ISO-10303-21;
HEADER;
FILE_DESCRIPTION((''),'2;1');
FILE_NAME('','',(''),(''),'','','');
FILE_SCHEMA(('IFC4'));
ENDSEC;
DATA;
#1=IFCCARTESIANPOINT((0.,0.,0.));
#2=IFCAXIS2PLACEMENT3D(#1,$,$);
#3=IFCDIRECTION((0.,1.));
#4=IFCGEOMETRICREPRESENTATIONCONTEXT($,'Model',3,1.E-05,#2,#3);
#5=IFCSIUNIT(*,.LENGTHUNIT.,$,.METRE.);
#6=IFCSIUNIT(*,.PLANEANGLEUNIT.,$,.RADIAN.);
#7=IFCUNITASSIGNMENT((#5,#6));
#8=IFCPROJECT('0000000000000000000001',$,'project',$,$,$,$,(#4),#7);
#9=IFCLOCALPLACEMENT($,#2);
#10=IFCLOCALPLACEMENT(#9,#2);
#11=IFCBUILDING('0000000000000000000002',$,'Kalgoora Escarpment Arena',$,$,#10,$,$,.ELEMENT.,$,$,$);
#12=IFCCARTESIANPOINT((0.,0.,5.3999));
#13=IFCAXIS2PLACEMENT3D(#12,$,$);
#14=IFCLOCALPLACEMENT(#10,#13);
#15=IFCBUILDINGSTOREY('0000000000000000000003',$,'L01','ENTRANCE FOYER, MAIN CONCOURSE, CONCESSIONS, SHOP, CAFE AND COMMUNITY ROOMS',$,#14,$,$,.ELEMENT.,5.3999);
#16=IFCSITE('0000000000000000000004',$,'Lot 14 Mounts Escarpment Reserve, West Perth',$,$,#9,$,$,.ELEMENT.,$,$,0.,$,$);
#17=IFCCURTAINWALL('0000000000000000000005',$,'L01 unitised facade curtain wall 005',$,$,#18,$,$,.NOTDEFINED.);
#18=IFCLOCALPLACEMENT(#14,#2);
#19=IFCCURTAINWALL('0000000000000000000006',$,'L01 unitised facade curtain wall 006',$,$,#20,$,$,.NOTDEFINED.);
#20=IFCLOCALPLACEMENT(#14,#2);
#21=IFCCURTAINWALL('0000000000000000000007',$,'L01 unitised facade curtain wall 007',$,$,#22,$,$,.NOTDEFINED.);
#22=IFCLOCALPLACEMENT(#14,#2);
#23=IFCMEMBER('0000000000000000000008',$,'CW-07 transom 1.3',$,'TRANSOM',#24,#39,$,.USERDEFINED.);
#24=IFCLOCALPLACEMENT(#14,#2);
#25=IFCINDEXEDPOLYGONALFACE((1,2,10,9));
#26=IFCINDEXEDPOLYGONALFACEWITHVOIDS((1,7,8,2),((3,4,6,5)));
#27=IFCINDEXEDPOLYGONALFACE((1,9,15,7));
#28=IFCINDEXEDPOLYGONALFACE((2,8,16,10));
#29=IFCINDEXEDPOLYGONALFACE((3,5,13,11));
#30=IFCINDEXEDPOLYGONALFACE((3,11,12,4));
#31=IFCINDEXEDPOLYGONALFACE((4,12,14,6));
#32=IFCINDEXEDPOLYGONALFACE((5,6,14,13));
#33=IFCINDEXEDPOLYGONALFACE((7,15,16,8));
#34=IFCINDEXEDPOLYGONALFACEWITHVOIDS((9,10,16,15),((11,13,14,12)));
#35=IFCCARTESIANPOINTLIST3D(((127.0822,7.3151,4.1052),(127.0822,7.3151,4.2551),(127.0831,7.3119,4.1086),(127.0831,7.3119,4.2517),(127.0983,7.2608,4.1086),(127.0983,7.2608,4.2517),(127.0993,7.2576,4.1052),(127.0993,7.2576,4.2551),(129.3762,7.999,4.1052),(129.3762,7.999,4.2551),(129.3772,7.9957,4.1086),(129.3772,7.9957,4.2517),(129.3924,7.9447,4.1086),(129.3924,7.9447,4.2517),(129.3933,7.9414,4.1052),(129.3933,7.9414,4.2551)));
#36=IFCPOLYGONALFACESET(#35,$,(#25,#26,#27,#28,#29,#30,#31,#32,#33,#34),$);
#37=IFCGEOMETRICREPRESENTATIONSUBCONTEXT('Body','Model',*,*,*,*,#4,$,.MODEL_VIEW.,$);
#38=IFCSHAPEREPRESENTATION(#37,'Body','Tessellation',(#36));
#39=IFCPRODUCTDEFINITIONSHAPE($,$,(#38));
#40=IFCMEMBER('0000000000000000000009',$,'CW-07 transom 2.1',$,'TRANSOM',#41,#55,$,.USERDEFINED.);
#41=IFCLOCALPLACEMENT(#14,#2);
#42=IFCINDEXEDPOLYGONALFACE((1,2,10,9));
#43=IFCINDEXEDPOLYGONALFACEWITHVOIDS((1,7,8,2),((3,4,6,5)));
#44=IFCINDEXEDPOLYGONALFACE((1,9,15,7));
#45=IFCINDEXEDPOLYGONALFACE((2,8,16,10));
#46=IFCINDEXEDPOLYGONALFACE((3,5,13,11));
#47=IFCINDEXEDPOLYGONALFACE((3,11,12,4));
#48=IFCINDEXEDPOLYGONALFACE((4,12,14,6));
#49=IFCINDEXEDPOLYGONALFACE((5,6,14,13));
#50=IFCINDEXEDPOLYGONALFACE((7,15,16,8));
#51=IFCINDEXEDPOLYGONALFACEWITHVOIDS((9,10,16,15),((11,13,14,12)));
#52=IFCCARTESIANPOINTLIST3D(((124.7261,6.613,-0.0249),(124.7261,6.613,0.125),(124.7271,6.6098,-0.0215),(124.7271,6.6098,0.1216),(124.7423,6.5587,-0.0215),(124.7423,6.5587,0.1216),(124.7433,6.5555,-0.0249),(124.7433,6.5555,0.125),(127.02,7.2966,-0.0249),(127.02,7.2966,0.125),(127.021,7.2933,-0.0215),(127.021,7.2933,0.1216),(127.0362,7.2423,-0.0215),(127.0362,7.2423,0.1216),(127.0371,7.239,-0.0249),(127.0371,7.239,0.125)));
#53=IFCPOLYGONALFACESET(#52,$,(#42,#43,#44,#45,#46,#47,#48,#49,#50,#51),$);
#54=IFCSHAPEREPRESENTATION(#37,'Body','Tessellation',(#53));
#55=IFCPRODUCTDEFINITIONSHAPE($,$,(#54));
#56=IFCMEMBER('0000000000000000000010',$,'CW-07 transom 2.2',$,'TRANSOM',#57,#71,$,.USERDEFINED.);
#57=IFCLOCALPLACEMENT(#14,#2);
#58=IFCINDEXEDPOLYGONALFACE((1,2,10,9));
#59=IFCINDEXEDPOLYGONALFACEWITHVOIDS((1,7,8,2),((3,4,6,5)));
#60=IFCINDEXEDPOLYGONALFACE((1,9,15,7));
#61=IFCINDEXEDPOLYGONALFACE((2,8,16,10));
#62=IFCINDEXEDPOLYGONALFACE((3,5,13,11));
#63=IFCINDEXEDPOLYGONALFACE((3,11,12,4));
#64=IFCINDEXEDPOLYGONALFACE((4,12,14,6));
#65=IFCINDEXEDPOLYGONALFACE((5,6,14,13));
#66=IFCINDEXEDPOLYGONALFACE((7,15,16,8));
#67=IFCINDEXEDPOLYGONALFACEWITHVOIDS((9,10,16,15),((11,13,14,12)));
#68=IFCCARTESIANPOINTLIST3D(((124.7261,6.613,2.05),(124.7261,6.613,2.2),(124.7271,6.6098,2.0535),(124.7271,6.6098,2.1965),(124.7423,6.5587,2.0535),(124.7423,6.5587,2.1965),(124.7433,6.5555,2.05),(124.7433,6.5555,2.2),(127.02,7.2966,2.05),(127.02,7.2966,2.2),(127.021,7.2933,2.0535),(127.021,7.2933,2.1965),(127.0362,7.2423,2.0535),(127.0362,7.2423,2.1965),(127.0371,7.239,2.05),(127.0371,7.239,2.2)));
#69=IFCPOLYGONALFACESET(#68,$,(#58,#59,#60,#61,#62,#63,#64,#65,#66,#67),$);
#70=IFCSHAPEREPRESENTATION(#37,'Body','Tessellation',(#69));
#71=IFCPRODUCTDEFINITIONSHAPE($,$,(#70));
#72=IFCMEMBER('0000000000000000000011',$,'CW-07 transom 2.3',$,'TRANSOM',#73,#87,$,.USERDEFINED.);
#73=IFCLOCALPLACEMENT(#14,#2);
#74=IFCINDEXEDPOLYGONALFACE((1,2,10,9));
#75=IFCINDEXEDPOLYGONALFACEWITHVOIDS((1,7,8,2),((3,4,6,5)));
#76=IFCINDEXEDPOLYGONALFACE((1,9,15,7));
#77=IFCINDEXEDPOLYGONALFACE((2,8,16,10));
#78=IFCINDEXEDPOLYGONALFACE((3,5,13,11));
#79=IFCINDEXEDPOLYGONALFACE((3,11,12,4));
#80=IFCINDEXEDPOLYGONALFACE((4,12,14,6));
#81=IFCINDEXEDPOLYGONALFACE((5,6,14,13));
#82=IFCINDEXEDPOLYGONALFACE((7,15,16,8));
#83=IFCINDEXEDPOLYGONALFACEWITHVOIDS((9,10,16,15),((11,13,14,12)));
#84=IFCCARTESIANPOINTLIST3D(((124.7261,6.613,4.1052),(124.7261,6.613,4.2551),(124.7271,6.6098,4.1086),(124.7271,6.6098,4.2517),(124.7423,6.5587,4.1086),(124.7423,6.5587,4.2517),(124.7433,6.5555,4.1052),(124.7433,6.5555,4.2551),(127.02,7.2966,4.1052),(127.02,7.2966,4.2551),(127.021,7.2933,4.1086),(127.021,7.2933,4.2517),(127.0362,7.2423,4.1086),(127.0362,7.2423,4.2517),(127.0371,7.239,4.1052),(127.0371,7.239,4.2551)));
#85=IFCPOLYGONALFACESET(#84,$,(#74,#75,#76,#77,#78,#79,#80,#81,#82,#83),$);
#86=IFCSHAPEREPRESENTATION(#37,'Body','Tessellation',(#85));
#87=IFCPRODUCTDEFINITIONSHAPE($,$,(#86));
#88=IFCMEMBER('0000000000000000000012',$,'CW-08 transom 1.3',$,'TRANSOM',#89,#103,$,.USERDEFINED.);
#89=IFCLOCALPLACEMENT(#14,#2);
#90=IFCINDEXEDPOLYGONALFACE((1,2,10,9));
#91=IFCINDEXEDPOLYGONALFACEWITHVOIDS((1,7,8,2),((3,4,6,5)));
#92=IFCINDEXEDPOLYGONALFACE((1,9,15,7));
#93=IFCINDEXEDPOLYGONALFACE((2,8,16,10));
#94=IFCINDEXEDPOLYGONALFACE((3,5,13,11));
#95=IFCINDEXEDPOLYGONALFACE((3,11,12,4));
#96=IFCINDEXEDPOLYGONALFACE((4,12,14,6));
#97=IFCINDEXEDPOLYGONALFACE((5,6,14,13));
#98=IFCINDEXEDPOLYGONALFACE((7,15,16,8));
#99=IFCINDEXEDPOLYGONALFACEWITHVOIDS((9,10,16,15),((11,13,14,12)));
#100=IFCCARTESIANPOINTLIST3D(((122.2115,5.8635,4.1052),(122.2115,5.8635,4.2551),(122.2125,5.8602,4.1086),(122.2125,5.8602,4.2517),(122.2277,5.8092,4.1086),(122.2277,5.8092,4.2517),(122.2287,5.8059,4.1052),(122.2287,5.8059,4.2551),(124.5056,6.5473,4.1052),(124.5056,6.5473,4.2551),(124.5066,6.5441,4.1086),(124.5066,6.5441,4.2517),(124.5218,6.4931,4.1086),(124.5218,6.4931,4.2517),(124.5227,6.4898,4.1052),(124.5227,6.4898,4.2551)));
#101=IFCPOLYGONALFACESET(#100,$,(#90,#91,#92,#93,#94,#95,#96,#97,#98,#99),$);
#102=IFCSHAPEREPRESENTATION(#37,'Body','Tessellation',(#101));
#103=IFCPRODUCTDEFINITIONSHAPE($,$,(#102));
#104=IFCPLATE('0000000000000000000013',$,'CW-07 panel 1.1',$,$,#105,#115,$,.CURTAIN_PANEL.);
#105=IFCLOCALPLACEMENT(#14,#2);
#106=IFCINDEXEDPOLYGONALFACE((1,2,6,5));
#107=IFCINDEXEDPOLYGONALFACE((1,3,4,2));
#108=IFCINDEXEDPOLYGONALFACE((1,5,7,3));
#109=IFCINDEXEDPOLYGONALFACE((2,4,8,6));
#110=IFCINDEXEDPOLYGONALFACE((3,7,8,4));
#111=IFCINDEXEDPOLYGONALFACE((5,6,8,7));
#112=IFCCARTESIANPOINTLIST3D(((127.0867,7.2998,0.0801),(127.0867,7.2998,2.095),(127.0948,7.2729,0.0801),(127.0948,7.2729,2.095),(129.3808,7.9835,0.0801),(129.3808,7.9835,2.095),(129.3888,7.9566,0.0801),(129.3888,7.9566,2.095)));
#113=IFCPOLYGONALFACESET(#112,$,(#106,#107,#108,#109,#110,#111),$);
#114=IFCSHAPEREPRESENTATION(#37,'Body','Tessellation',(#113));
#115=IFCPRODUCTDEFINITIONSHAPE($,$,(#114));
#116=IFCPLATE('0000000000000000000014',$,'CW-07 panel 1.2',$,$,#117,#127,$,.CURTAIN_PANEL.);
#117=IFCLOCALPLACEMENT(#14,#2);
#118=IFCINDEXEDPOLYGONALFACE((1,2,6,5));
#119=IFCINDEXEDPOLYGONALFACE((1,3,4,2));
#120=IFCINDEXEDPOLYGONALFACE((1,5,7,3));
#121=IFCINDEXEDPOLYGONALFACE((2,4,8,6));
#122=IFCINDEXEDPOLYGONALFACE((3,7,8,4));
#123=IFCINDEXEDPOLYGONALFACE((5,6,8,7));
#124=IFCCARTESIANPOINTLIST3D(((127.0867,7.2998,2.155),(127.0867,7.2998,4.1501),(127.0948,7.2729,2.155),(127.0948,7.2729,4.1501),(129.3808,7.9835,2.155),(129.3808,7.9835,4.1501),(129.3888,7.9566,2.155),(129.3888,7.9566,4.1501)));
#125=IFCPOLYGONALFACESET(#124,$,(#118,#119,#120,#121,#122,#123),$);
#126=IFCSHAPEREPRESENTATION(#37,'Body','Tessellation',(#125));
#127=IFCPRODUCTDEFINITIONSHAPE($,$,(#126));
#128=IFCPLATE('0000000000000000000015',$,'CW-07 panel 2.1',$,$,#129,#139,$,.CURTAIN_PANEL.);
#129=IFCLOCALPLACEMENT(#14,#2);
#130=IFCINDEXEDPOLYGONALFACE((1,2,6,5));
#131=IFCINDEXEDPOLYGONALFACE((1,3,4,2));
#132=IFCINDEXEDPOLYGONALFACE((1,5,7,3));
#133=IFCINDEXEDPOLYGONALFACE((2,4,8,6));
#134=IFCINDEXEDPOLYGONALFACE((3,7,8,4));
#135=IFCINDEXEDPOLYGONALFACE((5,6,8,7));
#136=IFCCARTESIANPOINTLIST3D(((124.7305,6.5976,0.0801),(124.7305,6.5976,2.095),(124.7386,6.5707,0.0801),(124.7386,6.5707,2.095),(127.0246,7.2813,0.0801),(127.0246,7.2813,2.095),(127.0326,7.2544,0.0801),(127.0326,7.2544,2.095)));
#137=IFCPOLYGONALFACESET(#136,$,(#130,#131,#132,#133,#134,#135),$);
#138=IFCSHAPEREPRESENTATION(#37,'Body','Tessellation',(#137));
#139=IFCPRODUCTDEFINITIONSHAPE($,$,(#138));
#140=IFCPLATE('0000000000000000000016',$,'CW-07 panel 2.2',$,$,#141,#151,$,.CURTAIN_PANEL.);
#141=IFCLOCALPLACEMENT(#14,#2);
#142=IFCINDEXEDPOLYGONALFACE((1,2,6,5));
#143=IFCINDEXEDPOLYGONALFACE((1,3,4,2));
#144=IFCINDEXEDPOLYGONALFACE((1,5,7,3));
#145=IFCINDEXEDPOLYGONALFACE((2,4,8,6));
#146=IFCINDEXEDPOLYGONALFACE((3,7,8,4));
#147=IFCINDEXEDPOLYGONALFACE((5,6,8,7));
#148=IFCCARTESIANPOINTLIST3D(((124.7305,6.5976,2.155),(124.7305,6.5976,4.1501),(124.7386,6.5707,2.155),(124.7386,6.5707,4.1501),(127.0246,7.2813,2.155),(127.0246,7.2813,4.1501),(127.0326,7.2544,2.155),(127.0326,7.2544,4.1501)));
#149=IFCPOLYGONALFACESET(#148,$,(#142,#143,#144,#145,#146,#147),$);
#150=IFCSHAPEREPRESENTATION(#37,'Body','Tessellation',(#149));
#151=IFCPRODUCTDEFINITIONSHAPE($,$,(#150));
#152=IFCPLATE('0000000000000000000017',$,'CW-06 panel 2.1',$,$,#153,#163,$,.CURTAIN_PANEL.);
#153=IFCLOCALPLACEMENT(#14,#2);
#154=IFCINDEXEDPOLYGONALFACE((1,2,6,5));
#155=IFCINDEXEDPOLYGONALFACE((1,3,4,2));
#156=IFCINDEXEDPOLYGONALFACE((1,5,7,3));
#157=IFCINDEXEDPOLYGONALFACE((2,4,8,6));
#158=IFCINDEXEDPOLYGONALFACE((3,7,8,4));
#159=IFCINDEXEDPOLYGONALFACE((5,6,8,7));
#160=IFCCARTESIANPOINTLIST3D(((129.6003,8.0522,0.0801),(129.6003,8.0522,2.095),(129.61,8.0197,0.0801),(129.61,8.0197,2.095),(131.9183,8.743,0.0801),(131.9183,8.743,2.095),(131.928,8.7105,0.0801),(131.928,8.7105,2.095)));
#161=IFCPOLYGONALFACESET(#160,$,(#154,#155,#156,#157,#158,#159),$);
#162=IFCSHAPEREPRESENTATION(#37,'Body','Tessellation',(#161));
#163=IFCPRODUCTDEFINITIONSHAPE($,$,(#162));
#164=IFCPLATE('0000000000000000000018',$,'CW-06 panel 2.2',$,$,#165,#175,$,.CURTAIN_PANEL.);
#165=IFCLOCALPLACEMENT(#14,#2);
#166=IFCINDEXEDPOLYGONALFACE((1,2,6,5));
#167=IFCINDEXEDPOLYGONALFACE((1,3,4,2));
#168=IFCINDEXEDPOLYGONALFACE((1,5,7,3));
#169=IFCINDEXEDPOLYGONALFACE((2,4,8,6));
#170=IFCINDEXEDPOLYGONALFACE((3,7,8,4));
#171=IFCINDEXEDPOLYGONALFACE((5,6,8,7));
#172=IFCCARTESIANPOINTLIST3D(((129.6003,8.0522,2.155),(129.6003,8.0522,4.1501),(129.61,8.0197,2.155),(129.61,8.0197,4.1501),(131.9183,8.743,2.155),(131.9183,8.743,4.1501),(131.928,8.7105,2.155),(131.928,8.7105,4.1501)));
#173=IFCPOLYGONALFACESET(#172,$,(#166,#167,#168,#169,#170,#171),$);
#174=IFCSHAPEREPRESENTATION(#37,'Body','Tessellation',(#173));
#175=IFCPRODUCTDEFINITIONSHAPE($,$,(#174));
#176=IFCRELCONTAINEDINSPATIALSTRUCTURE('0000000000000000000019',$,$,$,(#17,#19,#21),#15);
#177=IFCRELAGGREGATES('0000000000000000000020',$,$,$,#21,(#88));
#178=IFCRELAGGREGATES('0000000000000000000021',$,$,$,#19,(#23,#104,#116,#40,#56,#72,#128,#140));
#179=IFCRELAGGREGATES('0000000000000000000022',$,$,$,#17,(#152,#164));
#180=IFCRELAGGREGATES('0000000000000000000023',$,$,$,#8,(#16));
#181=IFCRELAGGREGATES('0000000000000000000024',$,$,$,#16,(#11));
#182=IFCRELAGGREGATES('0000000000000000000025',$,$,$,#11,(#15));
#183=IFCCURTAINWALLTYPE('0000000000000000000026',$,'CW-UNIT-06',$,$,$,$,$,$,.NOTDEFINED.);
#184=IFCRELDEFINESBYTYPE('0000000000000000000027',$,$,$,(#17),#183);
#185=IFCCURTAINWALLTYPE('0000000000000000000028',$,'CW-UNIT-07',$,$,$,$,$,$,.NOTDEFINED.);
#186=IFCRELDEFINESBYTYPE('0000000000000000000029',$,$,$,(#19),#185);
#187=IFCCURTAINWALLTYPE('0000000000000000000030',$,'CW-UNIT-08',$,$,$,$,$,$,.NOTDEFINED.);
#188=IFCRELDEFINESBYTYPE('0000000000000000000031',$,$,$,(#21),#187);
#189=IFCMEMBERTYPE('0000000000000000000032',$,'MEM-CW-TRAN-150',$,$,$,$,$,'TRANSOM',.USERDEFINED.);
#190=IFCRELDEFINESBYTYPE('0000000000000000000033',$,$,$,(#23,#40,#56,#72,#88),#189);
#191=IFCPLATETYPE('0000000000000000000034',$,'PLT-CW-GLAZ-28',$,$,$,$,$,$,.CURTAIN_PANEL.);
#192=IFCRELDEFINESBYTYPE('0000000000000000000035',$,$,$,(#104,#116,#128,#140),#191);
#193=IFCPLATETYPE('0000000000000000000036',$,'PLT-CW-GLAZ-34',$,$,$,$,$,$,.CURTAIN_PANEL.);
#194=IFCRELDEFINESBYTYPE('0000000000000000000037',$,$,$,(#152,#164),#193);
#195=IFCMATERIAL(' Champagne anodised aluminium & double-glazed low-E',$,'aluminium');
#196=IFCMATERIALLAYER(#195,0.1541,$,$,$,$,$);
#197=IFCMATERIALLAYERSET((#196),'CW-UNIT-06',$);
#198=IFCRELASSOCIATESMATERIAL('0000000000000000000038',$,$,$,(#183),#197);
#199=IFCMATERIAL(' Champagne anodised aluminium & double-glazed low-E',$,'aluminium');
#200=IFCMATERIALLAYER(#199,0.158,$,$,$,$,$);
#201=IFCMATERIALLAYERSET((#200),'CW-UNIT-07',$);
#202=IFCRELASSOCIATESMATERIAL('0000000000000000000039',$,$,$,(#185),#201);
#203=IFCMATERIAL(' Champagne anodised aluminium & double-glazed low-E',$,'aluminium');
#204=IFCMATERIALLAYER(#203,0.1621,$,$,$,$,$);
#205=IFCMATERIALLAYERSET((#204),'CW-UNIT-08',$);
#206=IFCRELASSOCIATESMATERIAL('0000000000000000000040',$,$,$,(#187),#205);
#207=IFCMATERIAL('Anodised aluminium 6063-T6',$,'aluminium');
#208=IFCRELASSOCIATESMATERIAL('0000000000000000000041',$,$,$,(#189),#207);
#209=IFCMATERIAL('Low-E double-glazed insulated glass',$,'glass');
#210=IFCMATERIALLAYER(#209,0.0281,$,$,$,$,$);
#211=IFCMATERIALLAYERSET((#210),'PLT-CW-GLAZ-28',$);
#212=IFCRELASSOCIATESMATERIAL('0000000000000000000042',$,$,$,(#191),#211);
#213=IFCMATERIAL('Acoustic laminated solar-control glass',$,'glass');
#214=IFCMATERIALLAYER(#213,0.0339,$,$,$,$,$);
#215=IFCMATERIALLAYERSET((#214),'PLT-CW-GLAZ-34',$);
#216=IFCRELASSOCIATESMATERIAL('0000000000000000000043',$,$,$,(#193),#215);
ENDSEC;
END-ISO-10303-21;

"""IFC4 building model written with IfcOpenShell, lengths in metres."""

from ifc_helpers import new_model, si_unit, direction, frame, origin, origin_2d, place, context, subcontext, project, spatial, rectangle, hollow_rectangle, extrude, material, layer, layer_set, material_profile, profile_set, type_object, element, aggregate, save


model = new_model("IFC4")

# Units and contexts
model_context = context("Model", 3, precision=1e-05, world=origin(), true_north=direction((0.0, 1.0)))
body_context = subcontext(model_context, "Body", "Model", "MODEL_VIEW")
ifc_project = project(units=[si_unit("LENGTHUNIT", "METRE"), si_unit("PLANEANGLEUNIT", "RADIAN")], contexts=[model_context])

# Site, building, storey
site_placement = place(None, origin())
site = spatial("IfcSite", under=ifc_project, at=site_placement, Name="Lot 14 Mounts Escarpment Reserve, West Perth", CompositionType="ELEMENT", RefElevation=0.0)
building_placement = place(site_placement, origin())
building = spatial("IfcBuilding", under=site, at=building_placement, Name="Kalgoora Escarpment Arena", CompositionType="ELEMENT")
storey_placement = place(building_placement, frame((0.0, 0.0, 5.3999)))
storey = spatial("IfcBuildingStorey", under=building, at=storey_placement, Name="L01", Description="ENTRANCE FOYER, MAIN CONCOURSE, CONCESSIONS, SHOP, CAFE AND COMMUNITY ROOMS", CompositionType="ELEMENT", Elevation=5.3999)

# Curtain walls
ifc_material_1 = material(Name=" Champagne anodised aluminium & double-glazed low-E", Category="aluminium")
ifc_layer_1 = layer(ifc_material_1, 0.1541)
ifc_layer_set_1 = layer_set([ifc_layer_1], Name="CW-UNIT-06")
curtain_wall_type_1 = type_object("IfcCurtainWallType", Name="CW-UNIT-06", PredefinedType="NOTDEFINED", material=ifc_layer_set_1)
curtain_wall_1_placement = place(storey_placement, origin())
curtain_wall_1 = element("IfcCurtainWall", 1, at=curtain_wall_1_placement, inside=storey, type_object=curtain_wall_type_1, Name="L01 unitised facade curtain wall 005", PredefinedType="NOTDEFINED")
ifc_material_2 = material(Name=" Champagne anodised aluminium & double-glazed low-E", Category="aluminium")
ifc_layer_2 = layer(ifc_material_2, 0.158)
ifc_layer_set_2 = layer_set([ifc_layer_2], Name="CW-UNIT-07")
curtain_wall_type_2 = type_object("IfcCurtainWallType", Name="CW-UNIT-07", PredefinedType="NOTDEFINED", material=ifc_layer_set_2)
curtain_wall_2_placement = place(storey_placement, origin())
curtain_wall_2 = element("IfcCurtainWall", 2, at=curtain_wall_2_placement, inside=storey, type_object=curtain_wall_type_2, Name="L01 unitised facade curtain wall 006", PredefinedType="NOTDEFINED")

# Curtain wall
ifc_material_3 = material(Name=" Champagne anodised aluminium & double-glazed low-E", Category="aluminium")
ifc_layer_3 = layer(ifc_material_3, 0.1621)
ifc_layer_set_3 = layer_set([ifc_layer_3], Name="CW-UNIT-08")
curtain_wall_type_3 = type_object("IfcCurtainWallType", Name="CW-UNIT-08", PredefinedType="NOTDEFINED", material=ifc_layer_set_3)
curtain_wall_3_placement = place(storey_placement, origin())
curtain_wall_3 = element("IfcCurtainWall", 3, at=curtain_wall_3_placement, inside=storey, type_object=curtain_wall_type_3, Name="L01 unitised facade curtain wall 007", PredefinedType="NOTDEFINED")

# Members
ifc_material_4 = material(Name="Anodised aluminium 6063-T6", Category="aluminium")
ifc_material_profile_1 = material_profile(ifc_material_4, hollow_rectangle(XDim=0.0601, YDim=0.1499, WallThickness=0.0034, at=origin_2d()))
ifc_profile_set_1 = profile_set([ifc_material_profile_1], Name="Anodised aluminium 6063-T6")
member_type_1 = type_object("IfcMemberType", Name="MEM-CW-TRAN-150", ElementType="TRANSOM", PredefinedType="USERDEFINED", material=ifc_profile_set_1)
member_1_placement = place(storey_placement, frame((129.3848, 7.9702, 4.1802), z_axis=(-0.958325, -0.285682, 0.0), x_axis=(0.285682, -0.958325, 0.0)))
member_1 = element("IfcMember", 4, at=member_1_placement, type_object=member_type_1, Name="CW-07 transom 1.3", ObjectType="TRANSOM", PredefinedType="USERDEFINED", context=body_context, shape_type="SweptSolid", body=[
    extrude(hollow_rectangle(XDim=0.0601, YDim=0.1499, WallThickness=0.0034, at=origin_2d()), origin(), (0.0, 0.0, 1.0), 2.3938),
])
member_2_placement = place(storey_placement, frame((127.0286, 7.2678, 0.05), z_axis=(-0.958352, -0.285588, 0.0), x_axis=(0.285588, -0.958352, 0.0)))
member_2 = element("IfcMember", 5, at=member_2_placement, type_object=member_type_1, Name="CW-07 transom 2.1", ObjectType="TRANSOM", PredefinedType="USERDEFINED", context=body_context, shape_type="SweptSolid", body=[
    extrude(hollow_rectangle(XDim=0.0601, YDim=0.1499, WallThickness=0.0034, at=origin_2d()), origin(), (0.0, 0.0, 1.0), 2.3936),
])
member_3_placement = place(storey_placement, frame((127.0286, 7.2678, 2.125), z_axis=(-0.958352, -0.285588, 0.0), x_axis=(0.285588, -0.958352, 0.0)))
member_3 = element("IfcMember", 6, at=member_3_placement, type_object=member_type_1, Name="CW-07 transom 2.2", ObjectType="TRANSOM", PredefinedType="USERDEFINED", context=body_context, shape_type="SweptSolid", body=[
    extrude(hollow_rectangle(XDim=0.0601, YDim=0.1499, WallThickness=0.0034, at=origin_2d()), origin(), (0.0, 0.0, 1.0), 2.3936),
])
member_4_placement = place(storey_placement, frame((127.0286, 7.2678, 4.1802), z_axis=(-0.958352, -0.285588, 0.0), x_axis=(0.285588, -0.958352, 0.0)))
member_4 = element("IfcMember", 7, at=member_4_placement, type_object=member_type_1, Name="CW-07 transom 2.3", ObjectType="TRANSOM", PredefinedType="USERDEFINED", context=body_context, shape_type="SweptSolid", body=[
    extrude(hollow_rectangle(XDim=0.0601, YDim=0.1499, WallThickness=0.0034, at=origin_2d()), origin(), (0.0, 0.0, 1.0), 2.3936),
])
member_5_placement = place(storey_placement, frame((124.5142, 6.5186, 4.1802), z_axis=(-0.958325, -0.285682, 0.0), x_axis=(0.285682, -0.958325, 0.0)))
member_5 = element("IfcMember", 8, at=member_5_placement, type_object=member_type_1, Name="CW-08 transom 1.3", ObjectType="TRANSOM", PredefinedType="USERDEFINED", context=body_context, shape_type="SweptSolid", body=[
    extrude(hollow_rectangle(XDim=0.0601, YDim=0.1499, WallThickness=0.0034, at=origin_2d()), origin(), (0.0, 0.0, 1.0), 2.3938),
])
aggregate(curtain_wall_3, [member_5])

# Plates
ifc_material_5 = material(Name="Low-E double-glazed insulated glass", Category="glass")
ifc_layer_4 = layer(ifc_material_5, 0.0281)
ifc_layer_set_4 = layer_set([ifc_layer_4], Name="PLT-CW-GLAZ-28")
plate_type_1 = type_object("IfcPlateType", Name="PLT-CW-GLAZ-28", PredefinedType="CURTAIN_PANEL", material=ifc_layer_set_4)
plate_1_placement = place(storey_placement, frame((128.2378, 7.6282, 0.0801), z_axis=(0.0, 0.0, 1.0), x_axis=(-0.958341, -0.285628, 0.0)))
plate_1 = element("IfcPlate", 9, at=plate_1_placement, type_object=plate_type_1, Name="CW-07 panel 1.1", PredefinedType="CURTAIN_PANEL", context=body_context, shape_type="SweptSolid", body=[
    extrude(rectangle(XDim=2.3938, YDim=0.0281, at=origin_2d()), origin(), (0.0, 0.0, 1.0), 2.0149),
])
plate_2_placement = place(storey_placement, frame((128.2378, 7.6282, 2.155), z_axis=(0.0, 0.0, 1.0), x_axis=(-0.958341, -0.285628, 0.0)))
plate_2 = element("IfcPlate", 10, at=plate_2_placement, type_object=plate_type_1, Name="CW-07 panel 1.2", PredefinedType="CURTAIN_PANEL", context=body_context, shape_type="SweptSolid", body=[
    extrude(rectangle(XDim=2.3938, YDim=0.0281, at=origin_2d()), origin(), (0.0, 0.0, 1.0), 1.9951),
])
plate_3_placement = place(storey_placement, frame((125.8816, 6.926, 0.0801), z_axis=(0.0, 0.0, 1.0), x_axis=(-0.958341, -0.285628, 0.0)))
plate_3 = element("IfcPlate", 11, at=plate_3_placement, type_object=plate_type_1, Name="CW-07 panel 2.1", PredefinedType="CURTAIN_PANEL", context=body_context, shape_type="SweptSolid", body=[
    extrude(rectangle(XDim=2.3938, YDim=0.0281, at=origin_2d()), origin(), (0.0, 0.0, 1.0), 2.0149),
])
plate_4_placement = place(storey_placement, frame((125.8816, 6.926, 2.155), z_axis=(0.0, 0.0, 1.0), x_axis=(-0.958341, -0.285628, 0.0)))
plate_4 = element("IfcPlate", 12, at=plate_4_placement, type_object=plate_type_1, Name="CW-07 panel 2.2", PredefinedType="CURTAIN_PANEL", context=body_context, shape_type="SweptSolid", body=[
    extrude(rectangle(XDim=2.3938, YDim=0.0281, at=origin_2d()), origin(), (0.0, 0.0, 1.0), 1.9951),
])
aggregate(curtain_wall_2, [member_1, plate_1, plate_2, member_2, member_3, member_4, plate_3, plate_4])
ifc_material_6 = material(Name="Acoustic laminated solar-control glass", Category="glass")
ifc_layer_5 = layer(ifc_material_6, 0.0339)
ifc_layer_set_5 = layer_set([ifc_layer_5], Name="PLT-CW-GLAZ-34")
plate_type_2 = type_object("IfcPlateType", Name="PLT-CW-GLAZ-34", PredefinedType="CURTAIN_PANEL", material=ifc_layer_set_5)
plate_5_placement = place(storey_placement, frame((130.7642, 8.3813, 0.0801), z_axis=(0.0, 0.0, 1.0), x_axis=(-0.958339, -0.285632, 0.0)))
plate_5 = element("IfcPlate", 13, at=plate_5_placement, type_object=plate_type_2, Name="CW-06 panel 2.1", PredefinedType="CURTAIN_PANEL", context=body_context, shape_type="SweptSolid", body=[
    extrude(rectangle(XDim=2.4187, YDim=0.0339, at=origin_2d()), origin(), (0.0, 0.0, 1.0), 2.0149),
])
plate_6_placement = place(storey_placement, frame((130.7642, 8.3813, 2.155), z_axis=(0.0, 0.0, 1.0), x_axis=(-0.958339, -0.285632, 0.0)))
plate_6 = element("IfcPlate", 14, at=plate_6_placement, type_object=plate_type_2, Name="CW-06 panel 2.2", PredefinedType="CURTAIN_PANEL", context=body_context, shape_type="SweptSolid", body=[
    extrude(rectangle(XDim=2.4187, YDim=0.0339, at=origin_2d()), origin(), (0.0, 0.0, 1.0), 1.9951),
])
aggregate(curtain_wall_1, [plate_5, plate_6])

save(model, "model.ifc")
